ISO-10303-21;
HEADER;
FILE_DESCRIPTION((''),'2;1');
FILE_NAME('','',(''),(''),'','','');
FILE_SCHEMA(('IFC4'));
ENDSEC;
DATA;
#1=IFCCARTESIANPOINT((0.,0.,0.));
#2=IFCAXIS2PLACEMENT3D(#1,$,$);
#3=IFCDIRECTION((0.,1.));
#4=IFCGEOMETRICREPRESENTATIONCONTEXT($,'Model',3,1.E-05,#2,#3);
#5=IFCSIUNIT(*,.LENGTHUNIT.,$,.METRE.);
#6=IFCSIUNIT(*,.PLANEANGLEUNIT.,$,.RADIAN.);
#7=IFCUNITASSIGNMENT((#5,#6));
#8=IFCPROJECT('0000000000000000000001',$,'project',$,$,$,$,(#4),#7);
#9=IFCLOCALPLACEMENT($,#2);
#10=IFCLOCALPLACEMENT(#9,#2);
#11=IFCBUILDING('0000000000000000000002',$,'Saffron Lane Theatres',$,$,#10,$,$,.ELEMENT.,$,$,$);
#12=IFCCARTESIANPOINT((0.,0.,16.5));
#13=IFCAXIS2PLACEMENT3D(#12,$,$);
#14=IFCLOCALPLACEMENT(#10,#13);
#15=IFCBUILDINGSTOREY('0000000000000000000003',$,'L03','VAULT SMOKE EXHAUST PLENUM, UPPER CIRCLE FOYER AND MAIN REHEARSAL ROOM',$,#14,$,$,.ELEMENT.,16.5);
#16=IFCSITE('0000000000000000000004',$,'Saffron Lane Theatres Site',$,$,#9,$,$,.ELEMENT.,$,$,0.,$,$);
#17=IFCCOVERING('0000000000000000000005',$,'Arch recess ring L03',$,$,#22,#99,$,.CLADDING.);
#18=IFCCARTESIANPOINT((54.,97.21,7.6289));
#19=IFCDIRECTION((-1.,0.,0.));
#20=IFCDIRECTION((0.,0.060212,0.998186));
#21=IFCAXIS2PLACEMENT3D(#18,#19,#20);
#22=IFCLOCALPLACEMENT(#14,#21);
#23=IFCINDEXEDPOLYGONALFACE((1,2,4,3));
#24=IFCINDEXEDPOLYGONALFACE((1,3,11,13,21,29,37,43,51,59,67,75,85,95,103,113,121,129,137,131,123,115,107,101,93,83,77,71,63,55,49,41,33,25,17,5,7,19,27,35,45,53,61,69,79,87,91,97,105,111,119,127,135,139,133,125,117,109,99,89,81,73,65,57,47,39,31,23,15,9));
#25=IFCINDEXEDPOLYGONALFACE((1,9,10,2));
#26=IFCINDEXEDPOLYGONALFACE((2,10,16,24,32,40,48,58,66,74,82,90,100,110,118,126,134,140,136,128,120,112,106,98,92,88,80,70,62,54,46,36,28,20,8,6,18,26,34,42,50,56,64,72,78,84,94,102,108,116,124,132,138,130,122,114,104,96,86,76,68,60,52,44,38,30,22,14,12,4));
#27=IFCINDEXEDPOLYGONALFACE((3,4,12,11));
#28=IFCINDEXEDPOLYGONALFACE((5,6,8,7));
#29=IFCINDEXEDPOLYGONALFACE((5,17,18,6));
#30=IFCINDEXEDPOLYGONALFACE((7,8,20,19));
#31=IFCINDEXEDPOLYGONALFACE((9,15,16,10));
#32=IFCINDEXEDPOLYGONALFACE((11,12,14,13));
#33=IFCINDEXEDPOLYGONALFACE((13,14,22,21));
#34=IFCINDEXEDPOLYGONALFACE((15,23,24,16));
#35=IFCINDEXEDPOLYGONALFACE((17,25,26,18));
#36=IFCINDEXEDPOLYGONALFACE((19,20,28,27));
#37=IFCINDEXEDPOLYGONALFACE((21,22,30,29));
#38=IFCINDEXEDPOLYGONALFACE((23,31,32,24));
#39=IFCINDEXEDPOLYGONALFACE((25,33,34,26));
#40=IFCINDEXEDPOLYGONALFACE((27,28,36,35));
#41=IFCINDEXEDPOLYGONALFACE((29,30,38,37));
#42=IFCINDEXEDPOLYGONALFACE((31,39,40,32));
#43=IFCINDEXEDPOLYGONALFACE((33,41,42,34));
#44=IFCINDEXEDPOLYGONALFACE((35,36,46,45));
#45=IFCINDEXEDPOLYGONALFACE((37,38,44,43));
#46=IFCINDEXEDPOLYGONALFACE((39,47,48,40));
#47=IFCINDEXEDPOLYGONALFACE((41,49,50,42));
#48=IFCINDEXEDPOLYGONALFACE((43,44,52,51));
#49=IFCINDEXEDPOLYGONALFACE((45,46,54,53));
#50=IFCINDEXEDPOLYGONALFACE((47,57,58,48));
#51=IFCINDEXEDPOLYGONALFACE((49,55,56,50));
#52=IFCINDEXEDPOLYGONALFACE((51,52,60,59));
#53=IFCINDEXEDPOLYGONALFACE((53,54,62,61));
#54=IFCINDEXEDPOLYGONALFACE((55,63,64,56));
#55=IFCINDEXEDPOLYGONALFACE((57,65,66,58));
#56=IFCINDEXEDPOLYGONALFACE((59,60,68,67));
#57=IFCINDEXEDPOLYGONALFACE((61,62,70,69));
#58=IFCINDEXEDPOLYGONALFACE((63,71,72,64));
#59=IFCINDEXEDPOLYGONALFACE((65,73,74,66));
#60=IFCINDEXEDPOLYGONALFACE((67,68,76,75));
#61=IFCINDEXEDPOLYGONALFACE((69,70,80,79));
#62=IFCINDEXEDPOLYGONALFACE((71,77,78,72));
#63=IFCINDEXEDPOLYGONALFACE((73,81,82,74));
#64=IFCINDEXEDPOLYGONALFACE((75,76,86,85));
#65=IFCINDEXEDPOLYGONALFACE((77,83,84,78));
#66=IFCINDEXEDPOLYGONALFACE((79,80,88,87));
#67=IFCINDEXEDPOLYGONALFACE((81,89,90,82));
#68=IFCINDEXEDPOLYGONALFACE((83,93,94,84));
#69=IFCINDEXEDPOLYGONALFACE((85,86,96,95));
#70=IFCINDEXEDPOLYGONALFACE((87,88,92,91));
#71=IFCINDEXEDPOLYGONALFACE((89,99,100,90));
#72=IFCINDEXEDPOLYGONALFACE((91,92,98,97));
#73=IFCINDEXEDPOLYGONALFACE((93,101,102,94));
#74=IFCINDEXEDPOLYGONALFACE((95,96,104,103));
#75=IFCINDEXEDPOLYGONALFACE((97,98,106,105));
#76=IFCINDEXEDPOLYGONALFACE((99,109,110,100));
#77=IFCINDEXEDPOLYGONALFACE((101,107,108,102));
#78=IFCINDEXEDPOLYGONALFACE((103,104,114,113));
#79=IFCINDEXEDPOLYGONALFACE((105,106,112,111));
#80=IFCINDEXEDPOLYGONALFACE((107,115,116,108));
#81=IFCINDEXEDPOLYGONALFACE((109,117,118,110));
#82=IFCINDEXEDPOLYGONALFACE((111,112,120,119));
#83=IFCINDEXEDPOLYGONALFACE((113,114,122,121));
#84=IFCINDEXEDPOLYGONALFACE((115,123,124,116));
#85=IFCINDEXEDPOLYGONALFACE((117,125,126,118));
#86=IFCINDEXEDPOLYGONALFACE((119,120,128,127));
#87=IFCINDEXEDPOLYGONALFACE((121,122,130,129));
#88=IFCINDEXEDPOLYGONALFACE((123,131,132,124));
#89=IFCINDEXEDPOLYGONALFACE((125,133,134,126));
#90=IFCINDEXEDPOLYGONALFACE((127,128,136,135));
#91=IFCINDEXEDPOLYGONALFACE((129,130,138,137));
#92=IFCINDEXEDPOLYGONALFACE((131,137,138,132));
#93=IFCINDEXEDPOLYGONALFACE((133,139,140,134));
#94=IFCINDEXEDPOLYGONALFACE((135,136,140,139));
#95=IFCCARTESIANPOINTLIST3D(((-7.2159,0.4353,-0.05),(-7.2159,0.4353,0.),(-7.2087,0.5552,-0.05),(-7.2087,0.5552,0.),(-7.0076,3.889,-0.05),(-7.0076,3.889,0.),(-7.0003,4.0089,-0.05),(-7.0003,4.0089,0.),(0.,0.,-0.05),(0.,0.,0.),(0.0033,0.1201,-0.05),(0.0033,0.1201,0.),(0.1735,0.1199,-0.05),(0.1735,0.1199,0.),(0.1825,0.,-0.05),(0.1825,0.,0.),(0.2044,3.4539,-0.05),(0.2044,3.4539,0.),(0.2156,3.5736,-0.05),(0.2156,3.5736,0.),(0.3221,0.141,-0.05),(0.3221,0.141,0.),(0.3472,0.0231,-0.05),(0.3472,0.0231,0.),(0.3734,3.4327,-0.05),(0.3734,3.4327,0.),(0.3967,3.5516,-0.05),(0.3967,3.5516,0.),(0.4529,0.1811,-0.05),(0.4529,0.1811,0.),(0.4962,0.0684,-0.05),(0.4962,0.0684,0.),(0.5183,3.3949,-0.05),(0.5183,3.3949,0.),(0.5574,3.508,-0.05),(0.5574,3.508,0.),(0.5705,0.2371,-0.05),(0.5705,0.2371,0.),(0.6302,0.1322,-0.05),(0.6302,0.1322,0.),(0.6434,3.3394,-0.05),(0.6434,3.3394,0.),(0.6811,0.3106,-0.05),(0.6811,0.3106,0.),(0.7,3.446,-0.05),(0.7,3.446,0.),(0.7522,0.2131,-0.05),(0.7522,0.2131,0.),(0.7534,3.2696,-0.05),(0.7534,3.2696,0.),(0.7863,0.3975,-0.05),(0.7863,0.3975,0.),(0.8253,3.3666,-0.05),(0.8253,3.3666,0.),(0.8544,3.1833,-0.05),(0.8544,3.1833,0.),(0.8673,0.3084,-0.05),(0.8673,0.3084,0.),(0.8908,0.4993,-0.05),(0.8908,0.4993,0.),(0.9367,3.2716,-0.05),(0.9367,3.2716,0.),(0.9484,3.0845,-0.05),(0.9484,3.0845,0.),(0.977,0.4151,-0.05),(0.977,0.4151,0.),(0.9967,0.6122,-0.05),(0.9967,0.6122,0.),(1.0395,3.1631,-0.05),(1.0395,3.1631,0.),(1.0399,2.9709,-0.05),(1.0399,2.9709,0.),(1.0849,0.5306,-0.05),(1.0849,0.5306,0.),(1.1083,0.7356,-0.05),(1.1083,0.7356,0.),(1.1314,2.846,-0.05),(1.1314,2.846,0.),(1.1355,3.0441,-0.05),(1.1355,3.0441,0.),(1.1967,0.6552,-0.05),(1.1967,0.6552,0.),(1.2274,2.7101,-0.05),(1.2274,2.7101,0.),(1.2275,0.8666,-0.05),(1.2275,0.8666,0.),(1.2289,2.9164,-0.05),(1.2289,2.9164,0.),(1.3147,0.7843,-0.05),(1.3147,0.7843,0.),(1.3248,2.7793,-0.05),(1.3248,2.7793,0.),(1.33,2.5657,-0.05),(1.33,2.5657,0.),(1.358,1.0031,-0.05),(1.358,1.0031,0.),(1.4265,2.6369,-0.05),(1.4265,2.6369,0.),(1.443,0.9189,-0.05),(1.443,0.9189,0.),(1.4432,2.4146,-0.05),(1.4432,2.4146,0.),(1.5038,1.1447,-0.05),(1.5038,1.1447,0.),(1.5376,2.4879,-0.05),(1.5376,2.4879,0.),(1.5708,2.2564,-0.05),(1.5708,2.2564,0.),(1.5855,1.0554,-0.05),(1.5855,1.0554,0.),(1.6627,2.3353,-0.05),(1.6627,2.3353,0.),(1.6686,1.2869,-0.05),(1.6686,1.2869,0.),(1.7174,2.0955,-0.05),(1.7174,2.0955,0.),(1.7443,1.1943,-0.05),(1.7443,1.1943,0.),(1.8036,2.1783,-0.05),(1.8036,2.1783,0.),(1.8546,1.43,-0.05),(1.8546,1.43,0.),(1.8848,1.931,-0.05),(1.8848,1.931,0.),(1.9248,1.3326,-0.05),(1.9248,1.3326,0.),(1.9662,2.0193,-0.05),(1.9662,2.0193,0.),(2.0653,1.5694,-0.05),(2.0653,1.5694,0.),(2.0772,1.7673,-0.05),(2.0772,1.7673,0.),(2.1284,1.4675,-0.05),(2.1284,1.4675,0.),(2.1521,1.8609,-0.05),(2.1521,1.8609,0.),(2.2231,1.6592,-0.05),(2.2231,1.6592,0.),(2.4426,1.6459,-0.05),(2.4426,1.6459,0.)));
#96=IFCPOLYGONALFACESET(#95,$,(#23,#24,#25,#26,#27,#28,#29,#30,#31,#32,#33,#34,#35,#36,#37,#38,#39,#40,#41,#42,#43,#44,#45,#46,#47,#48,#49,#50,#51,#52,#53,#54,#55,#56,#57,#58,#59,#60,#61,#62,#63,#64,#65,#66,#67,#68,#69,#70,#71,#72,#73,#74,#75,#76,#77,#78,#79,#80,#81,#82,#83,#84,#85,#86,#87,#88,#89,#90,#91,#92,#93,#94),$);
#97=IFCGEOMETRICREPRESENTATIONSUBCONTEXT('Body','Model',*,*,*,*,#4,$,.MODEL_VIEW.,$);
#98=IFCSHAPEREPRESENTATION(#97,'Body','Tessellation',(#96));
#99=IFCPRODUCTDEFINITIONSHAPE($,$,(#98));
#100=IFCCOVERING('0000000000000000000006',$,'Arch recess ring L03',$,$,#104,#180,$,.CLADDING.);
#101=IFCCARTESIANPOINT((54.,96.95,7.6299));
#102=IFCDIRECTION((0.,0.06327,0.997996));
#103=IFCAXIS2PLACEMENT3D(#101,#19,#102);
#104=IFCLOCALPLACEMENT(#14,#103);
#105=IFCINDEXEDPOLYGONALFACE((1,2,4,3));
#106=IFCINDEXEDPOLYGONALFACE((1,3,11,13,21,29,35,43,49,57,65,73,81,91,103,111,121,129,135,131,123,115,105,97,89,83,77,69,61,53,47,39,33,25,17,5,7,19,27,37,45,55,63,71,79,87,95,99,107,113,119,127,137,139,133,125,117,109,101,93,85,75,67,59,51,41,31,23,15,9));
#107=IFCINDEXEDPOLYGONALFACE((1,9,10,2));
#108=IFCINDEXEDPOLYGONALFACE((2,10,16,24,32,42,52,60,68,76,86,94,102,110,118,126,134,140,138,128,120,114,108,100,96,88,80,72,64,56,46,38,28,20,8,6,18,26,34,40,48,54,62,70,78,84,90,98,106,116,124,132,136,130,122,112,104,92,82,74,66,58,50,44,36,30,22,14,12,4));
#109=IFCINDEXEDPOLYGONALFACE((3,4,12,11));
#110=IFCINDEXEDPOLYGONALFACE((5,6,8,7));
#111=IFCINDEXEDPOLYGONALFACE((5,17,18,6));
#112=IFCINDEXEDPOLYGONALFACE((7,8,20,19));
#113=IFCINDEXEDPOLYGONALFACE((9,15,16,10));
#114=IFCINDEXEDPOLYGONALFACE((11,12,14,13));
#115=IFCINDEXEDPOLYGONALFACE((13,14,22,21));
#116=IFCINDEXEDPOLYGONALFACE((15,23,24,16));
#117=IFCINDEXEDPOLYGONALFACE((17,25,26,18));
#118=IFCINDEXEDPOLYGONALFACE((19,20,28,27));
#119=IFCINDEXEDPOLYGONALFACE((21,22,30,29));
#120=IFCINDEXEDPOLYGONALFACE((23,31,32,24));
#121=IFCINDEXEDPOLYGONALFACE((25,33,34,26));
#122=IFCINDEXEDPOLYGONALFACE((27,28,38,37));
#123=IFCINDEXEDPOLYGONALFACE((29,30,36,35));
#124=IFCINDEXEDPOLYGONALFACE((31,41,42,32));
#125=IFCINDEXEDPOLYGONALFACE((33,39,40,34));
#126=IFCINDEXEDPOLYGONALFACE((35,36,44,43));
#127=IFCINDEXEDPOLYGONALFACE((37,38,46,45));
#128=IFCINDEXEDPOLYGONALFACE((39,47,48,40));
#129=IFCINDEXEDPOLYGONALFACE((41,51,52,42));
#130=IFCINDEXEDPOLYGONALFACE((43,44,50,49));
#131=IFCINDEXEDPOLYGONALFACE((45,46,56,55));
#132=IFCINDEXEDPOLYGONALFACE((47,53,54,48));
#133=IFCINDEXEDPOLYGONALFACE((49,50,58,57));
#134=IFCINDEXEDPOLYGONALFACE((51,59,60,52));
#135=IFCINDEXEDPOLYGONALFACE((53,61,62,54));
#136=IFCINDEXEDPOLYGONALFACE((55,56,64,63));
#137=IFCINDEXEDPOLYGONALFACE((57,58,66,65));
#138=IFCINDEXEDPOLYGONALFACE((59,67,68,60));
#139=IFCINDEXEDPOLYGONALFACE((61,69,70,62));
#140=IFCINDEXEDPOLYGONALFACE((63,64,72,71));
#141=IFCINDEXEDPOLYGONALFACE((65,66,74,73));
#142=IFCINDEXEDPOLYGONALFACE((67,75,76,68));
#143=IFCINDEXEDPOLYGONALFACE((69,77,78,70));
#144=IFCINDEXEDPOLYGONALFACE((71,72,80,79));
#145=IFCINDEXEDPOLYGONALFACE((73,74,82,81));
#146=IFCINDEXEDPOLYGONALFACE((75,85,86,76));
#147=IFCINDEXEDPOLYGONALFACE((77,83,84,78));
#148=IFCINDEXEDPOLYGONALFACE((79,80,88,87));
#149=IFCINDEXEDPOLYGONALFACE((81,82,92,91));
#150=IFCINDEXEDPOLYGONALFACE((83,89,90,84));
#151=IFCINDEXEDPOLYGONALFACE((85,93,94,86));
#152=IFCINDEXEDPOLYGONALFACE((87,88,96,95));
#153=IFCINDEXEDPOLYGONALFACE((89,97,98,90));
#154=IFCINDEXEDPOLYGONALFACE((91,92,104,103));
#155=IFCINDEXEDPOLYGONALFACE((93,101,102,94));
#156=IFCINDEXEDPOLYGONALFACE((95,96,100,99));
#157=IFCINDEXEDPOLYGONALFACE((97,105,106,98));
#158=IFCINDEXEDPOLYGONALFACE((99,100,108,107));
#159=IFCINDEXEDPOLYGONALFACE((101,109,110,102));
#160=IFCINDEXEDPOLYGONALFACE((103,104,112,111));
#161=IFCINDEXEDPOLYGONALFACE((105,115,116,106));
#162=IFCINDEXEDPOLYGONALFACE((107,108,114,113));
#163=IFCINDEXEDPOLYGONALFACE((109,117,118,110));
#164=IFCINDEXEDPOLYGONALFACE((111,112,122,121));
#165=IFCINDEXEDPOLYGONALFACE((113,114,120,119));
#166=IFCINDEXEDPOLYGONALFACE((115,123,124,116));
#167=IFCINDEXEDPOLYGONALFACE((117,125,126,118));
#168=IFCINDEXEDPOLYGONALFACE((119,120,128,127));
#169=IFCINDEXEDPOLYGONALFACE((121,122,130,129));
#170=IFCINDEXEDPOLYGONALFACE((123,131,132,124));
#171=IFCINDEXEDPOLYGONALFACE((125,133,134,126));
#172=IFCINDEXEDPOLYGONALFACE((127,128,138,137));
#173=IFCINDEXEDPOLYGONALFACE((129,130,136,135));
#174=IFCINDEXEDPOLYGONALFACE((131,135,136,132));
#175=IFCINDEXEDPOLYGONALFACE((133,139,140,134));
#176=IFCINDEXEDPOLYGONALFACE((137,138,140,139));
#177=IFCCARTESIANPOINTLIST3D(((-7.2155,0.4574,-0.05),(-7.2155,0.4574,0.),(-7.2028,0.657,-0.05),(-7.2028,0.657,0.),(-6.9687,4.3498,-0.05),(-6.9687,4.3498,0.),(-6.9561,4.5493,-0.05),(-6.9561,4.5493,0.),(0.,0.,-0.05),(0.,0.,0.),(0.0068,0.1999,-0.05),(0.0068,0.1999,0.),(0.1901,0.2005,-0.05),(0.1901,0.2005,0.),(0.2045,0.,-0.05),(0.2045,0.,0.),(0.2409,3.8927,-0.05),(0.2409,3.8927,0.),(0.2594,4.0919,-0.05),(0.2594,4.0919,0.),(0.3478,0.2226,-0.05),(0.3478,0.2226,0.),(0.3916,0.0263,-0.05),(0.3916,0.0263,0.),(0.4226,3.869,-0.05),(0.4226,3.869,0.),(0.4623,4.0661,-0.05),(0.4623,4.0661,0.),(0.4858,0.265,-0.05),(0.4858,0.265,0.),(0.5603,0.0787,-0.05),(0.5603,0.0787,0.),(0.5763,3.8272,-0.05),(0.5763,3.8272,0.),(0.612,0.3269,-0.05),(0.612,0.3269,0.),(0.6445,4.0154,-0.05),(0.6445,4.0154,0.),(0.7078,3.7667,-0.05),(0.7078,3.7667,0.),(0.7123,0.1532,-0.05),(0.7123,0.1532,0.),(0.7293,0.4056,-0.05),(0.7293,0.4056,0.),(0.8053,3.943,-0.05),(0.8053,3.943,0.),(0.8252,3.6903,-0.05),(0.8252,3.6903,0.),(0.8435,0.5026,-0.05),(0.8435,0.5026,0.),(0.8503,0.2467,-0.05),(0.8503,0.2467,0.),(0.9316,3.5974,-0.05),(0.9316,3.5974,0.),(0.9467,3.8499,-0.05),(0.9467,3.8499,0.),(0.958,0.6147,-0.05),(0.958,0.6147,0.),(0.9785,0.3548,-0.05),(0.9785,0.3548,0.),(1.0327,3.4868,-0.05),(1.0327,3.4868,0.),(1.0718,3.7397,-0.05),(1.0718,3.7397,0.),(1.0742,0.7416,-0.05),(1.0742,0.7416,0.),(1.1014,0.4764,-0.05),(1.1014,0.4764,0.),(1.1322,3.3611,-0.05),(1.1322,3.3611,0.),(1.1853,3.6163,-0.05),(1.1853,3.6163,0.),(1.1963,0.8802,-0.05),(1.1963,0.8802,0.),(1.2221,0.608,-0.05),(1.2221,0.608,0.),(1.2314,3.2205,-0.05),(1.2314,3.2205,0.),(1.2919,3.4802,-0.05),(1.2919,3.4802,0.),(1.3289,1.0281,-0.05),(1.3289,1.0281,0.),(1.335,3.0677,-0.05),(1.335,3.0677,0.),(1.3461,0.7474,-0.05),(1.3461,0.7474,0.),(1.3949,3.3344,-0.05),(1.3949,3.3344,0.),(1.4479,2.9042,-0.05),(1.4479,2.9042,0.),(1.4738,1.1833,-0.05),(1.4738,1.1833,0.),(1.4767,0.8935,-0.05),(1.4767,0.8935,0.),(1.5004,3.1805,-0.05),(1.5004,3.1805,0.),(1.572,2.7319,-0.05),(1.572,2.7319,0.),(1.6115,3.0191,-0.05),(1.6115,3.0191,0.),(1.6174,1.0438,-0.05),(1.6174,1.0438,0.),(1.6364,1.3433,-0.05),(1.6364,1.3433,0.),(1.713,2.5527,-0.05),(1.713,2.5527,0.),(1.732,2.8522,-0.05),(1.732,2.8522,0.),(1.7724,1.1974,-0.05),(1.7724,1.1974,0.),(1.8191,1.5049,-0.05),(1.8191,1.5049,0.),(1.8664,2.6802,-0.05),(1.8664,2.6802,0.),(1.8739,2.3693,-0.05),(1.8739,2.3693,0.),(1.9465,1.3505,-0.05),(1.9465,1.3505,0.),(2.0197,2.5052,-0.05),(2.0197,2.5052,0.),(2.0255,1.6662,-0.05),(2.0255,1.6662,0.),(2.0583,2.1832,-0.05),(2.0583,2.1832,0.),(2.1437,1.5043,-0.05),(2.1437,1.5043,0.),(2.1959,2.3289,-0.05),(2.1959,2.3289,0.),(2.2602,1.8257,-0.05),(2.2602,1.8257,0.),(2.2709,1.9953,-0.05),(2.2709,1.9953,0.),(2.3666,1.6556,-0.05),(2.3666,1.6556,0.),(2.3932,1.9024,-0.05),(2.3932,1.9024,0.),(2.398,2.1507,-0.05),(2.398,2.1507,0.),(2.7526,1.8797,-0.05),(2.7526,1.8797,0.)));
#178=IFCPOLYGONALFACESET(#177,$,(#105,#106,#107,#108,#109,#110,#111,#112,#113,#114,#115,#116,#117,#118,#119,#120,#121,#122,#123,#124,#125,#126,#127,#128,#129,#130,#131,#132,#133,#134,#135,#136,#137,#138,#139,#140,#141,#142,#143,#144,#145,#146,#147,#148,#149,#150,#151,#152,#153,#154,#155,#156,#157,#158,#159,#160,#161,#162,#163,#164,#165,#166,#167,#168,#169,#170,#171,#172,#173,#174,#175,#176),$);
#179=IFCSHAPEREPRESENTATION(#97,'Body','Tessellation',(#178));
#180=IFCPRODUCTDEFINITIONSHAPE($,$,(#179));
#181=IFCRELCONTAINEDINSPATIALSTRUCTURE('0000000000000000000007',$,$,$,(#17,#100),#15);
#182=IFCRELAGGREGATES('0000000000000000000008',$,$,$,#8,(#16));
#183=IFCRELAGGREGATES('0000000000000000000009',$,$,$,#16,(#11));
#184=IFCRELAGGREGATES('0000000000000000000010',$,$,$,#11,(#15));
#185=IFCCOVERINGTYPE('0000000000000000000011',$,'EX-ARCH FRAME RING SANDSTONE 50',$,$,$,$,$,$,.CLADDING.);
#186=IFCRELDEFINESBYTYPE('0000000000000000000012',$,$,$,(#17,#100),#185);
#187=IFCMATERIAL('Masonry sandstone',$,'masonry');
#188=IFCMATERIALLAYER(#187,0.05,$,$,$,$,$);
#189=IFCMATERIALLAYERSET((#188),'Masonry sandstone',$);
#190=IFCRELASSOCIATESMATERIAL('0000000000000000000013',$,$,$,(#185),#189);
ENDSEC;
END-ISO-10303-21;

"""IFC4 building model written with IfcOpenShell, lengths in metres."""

from ifc_helpers import new_model, si_unit, direction, frame, origin, place, context, subcontext, project, spatial, polyline, outline, extrude, material, layer, layer_set, type_object, element, save


model = new_model("IFC4")

# Units and contexts
model_context = context("Model", 3, precision=1e-05, world=origin(), true_north=direction((0.0, 1.0)))
body_context = subcontext(model_context, "Body", "Model", "MODEL_VIEW")
ifc_project = project(units=[si_unit("LENGTHUNIT", "METRE"), si_unit("PLANEANGLEUNIT", "RADIAN")], contexts=[model_context])

# Site, building, storey
site_placement = place(None, origin())
site = spatial("IfcSite", under=ifc_project, at=site_placement, Name="Saffron Lane Theatres Site", CompositionType="ELEMENT", RefElevation=0.0)
building_placement = place(site_placement, origin())
building = spatial("IfcBuilding", under=site, at=building_placement, Name="Saffron Lane Theatres", CompositionType="ELEMENT")
storey_placement = place(building_placement, frame((0.0, 0.0, 16.5)))
storey = spatial("IfcBuildingStorey", under=building, at=storey_placement, Name="L03", Description="VAULT SMOKE EXHAUST PLENUM, UPPER CIRCLE FOYER AND MAIN REHEARSAL ROOM", CompositionType="ELEMENT", Elevation=16.5)

# Coverings
ifc_material_1 = material(Name="Masonry sandstone", Category="masonry")
ifc_layer_1 = layer(ifc_material_1, 0.05)
ifc_layer_set_1 = layer_set([ifc_layer_1], Name="Masonry sandstone")
covering_type = type_object("IfcCoveringType", Name="EX-ARCH FRAME RING SANDSTONE 50", PredefinedType="CLADDING", material=ifc_layer_set_1)
covering_1_placement = place(storey_placement, frame((54.0, 97.21, 7.6289), z_axis=(-1.0, 0.0, 0.0), x_axis=(0.0, 0.060212, 0.998186)))
element("IfcCovering", 1, at=covering_1_placement, inside=storey, type_object=covering_type, Name="Arch recess ring L03", PredefinedType="CLADDING", context=body_context, shape_type="SweptSolid", body=[
    extrude(outline(polyline([(0.0, 0.0), (0.1825, 0.0), (0.3472, 0.0231), (0.4962, 0.0684), (0.6302, 0.1322), (0.7522, 0.2131), (0.8673, 0.3084), (0.977, 0.4151), (1.0849, 0.5306), (1.1967, 0.6552), (1.3147, 0.7843), (1.443, 0.9189), (1.5855, 1.0554), (1.7443, 1.1943), (1.9248, 1.3326), (2.1284, 1.4675), (2.4426, 1.6459), (2.1521, 1.8609), (1.9662, 2.0193), (1.8036, 2.1783), (1.6627, 2.3353), (1.5376, 2.4879), (1.4265, 2.6369), (1.3248, 2.7793), (1.2289, 2.9164), (1.1355, 3.0441), (1.0395, 3.1631), (0.9367, 3.2716), (0.8253, 3.3666), (0.7, 3.446), (0.5574, 3.508), (0.3967, 3.5516), (0.2156, 3.5736), (-7.0003, 4.0089), (-7.0076, 3.889), (0.2044, 3.4539), (0.3734, 3.4327), (0.5183, 3.3949), (0.6434, 3.3394), (0.7534, 3.2696), (0.8544, 3.1833), (0.9484, 3.0845), (1.0399, 2.9709), (1.1314, 2.846), (1.2274, 2.7101), (1.33, 2.5657), (1.4432, 2.4146), (1.5708, 2.2564), (1.7174, 2.0955), (1.8848, 1.931), (2.0772, 1.7673), (2.2231, 1.6592), (2.0653, 1.5694), (1.8546, 1.43), (1.6686, 1.2869), (1.5038, 1.1447), (1.358, 1.0031), (1.2275, 0.8666), (1.1083, 0.7356), (0.9967, 0.6122), (0.8908, 0.4993), (0.7863, 0.3975), (0.6811, 0.3106), (0.5705, 0.2371), (0.4529, 0.1811), (0.3221, 0.141), (0.1735, 0.1199), (0.0033, 0.1201), (-7.2087, 0.5552), (-7.2159, 0.4353), (0.0, 0.0)])), origin(), (0.0, 0.0, -1.0), 0.05),
])
covering_2_placement = place(storey_placement, frame((54.0, 96.95, 7.6299), z_axis=(-1.0, 0.0, 0.0), x_axis=(0.0, 0.06327, 0.997996)))
element("IfcCovering", 2, at=covering_2_placement, inside=storey, type_object=covering_type, Name="Arch recess ring L03", PredefinedType="CLADDING", context=body_context, shape_type="SweptSolid", body=[
    extrude(outline(polyline([(0.0, 0.0), (0.2045, 0.0), (0.3916, 0.0263), (0.5603, 0.0787), (0.7123, 0.1532), (0.8503, 0.2467), (0.9785, 0.3548), (1.1014, 0.4764), (1.2221, 0.608), (1.3461, 0.7474), (1.4767, 0.8935), (1.6174, 1.0438), (1.7724, 1.1974), (1.9465, 1.3505), (2.1437, 1.5043), (2.3666, 1.6556), (2.7526, 1.8797), (2.398, 2.1507), (2.1959, 2.3289), (2.0197, 2.5052), (1.8664, 2.6802), (1.732, 2.8522), (1.6115, 3.0191), (1.5004, 3.1805), (1.3949, 3.3344), (1.2919, 3.4802), (1.1853, 3.6163), (1.0718, 3.7397), (0.9467, 3.8499), (0.8053, 3.943), (0.6445, 4.0154), (0.4623, 4.0661), (0.2594, 4.0919), (-6.9561, 4.5493), (-6.9687, 4.3498), (0.2409, 3.8927), (0.4226, 3.869), (0.5763, 3.8272), (0.7078, 3.7667), (0.8252, 3.6903), (0.9316, 3.5974), (1.0327, 3.4868), (1.1322, 3.3611), (1.2314, 3.2205), (1.335, 3.0677), (1.4479, 2.9042), (1.572, 2.7319), (1.713, 2.5527), (1.8739, 2.3693), (2.0583, 2.1832), (2.2709, 1.9953), (2.3932, 1.9024), (2.2602, 1.8257), (2.0255, 1.6662), (1.8191, 1.5049), (1.6364, 1.3433), (1.4738, 1.1833), (1.3289, 1.0281), (1.1963, 0.8802), (1.0742, 0.7416), (0.958, 0.6147), (0.8435, 0.5026), (0.7293, 0.4056), (0.612, 0.3269), (0.4858, 0.265), (0.3478, 0.2226), (0.1901, 0.2005), (0.0068, 0.1999), (-7.2028, 0.657), (-7.2155, 0.4574), (0.0, 0.0)])), origin(), (0.0, 0.0, -1.0), 0.05),
])

save(model, "model.ifc")
